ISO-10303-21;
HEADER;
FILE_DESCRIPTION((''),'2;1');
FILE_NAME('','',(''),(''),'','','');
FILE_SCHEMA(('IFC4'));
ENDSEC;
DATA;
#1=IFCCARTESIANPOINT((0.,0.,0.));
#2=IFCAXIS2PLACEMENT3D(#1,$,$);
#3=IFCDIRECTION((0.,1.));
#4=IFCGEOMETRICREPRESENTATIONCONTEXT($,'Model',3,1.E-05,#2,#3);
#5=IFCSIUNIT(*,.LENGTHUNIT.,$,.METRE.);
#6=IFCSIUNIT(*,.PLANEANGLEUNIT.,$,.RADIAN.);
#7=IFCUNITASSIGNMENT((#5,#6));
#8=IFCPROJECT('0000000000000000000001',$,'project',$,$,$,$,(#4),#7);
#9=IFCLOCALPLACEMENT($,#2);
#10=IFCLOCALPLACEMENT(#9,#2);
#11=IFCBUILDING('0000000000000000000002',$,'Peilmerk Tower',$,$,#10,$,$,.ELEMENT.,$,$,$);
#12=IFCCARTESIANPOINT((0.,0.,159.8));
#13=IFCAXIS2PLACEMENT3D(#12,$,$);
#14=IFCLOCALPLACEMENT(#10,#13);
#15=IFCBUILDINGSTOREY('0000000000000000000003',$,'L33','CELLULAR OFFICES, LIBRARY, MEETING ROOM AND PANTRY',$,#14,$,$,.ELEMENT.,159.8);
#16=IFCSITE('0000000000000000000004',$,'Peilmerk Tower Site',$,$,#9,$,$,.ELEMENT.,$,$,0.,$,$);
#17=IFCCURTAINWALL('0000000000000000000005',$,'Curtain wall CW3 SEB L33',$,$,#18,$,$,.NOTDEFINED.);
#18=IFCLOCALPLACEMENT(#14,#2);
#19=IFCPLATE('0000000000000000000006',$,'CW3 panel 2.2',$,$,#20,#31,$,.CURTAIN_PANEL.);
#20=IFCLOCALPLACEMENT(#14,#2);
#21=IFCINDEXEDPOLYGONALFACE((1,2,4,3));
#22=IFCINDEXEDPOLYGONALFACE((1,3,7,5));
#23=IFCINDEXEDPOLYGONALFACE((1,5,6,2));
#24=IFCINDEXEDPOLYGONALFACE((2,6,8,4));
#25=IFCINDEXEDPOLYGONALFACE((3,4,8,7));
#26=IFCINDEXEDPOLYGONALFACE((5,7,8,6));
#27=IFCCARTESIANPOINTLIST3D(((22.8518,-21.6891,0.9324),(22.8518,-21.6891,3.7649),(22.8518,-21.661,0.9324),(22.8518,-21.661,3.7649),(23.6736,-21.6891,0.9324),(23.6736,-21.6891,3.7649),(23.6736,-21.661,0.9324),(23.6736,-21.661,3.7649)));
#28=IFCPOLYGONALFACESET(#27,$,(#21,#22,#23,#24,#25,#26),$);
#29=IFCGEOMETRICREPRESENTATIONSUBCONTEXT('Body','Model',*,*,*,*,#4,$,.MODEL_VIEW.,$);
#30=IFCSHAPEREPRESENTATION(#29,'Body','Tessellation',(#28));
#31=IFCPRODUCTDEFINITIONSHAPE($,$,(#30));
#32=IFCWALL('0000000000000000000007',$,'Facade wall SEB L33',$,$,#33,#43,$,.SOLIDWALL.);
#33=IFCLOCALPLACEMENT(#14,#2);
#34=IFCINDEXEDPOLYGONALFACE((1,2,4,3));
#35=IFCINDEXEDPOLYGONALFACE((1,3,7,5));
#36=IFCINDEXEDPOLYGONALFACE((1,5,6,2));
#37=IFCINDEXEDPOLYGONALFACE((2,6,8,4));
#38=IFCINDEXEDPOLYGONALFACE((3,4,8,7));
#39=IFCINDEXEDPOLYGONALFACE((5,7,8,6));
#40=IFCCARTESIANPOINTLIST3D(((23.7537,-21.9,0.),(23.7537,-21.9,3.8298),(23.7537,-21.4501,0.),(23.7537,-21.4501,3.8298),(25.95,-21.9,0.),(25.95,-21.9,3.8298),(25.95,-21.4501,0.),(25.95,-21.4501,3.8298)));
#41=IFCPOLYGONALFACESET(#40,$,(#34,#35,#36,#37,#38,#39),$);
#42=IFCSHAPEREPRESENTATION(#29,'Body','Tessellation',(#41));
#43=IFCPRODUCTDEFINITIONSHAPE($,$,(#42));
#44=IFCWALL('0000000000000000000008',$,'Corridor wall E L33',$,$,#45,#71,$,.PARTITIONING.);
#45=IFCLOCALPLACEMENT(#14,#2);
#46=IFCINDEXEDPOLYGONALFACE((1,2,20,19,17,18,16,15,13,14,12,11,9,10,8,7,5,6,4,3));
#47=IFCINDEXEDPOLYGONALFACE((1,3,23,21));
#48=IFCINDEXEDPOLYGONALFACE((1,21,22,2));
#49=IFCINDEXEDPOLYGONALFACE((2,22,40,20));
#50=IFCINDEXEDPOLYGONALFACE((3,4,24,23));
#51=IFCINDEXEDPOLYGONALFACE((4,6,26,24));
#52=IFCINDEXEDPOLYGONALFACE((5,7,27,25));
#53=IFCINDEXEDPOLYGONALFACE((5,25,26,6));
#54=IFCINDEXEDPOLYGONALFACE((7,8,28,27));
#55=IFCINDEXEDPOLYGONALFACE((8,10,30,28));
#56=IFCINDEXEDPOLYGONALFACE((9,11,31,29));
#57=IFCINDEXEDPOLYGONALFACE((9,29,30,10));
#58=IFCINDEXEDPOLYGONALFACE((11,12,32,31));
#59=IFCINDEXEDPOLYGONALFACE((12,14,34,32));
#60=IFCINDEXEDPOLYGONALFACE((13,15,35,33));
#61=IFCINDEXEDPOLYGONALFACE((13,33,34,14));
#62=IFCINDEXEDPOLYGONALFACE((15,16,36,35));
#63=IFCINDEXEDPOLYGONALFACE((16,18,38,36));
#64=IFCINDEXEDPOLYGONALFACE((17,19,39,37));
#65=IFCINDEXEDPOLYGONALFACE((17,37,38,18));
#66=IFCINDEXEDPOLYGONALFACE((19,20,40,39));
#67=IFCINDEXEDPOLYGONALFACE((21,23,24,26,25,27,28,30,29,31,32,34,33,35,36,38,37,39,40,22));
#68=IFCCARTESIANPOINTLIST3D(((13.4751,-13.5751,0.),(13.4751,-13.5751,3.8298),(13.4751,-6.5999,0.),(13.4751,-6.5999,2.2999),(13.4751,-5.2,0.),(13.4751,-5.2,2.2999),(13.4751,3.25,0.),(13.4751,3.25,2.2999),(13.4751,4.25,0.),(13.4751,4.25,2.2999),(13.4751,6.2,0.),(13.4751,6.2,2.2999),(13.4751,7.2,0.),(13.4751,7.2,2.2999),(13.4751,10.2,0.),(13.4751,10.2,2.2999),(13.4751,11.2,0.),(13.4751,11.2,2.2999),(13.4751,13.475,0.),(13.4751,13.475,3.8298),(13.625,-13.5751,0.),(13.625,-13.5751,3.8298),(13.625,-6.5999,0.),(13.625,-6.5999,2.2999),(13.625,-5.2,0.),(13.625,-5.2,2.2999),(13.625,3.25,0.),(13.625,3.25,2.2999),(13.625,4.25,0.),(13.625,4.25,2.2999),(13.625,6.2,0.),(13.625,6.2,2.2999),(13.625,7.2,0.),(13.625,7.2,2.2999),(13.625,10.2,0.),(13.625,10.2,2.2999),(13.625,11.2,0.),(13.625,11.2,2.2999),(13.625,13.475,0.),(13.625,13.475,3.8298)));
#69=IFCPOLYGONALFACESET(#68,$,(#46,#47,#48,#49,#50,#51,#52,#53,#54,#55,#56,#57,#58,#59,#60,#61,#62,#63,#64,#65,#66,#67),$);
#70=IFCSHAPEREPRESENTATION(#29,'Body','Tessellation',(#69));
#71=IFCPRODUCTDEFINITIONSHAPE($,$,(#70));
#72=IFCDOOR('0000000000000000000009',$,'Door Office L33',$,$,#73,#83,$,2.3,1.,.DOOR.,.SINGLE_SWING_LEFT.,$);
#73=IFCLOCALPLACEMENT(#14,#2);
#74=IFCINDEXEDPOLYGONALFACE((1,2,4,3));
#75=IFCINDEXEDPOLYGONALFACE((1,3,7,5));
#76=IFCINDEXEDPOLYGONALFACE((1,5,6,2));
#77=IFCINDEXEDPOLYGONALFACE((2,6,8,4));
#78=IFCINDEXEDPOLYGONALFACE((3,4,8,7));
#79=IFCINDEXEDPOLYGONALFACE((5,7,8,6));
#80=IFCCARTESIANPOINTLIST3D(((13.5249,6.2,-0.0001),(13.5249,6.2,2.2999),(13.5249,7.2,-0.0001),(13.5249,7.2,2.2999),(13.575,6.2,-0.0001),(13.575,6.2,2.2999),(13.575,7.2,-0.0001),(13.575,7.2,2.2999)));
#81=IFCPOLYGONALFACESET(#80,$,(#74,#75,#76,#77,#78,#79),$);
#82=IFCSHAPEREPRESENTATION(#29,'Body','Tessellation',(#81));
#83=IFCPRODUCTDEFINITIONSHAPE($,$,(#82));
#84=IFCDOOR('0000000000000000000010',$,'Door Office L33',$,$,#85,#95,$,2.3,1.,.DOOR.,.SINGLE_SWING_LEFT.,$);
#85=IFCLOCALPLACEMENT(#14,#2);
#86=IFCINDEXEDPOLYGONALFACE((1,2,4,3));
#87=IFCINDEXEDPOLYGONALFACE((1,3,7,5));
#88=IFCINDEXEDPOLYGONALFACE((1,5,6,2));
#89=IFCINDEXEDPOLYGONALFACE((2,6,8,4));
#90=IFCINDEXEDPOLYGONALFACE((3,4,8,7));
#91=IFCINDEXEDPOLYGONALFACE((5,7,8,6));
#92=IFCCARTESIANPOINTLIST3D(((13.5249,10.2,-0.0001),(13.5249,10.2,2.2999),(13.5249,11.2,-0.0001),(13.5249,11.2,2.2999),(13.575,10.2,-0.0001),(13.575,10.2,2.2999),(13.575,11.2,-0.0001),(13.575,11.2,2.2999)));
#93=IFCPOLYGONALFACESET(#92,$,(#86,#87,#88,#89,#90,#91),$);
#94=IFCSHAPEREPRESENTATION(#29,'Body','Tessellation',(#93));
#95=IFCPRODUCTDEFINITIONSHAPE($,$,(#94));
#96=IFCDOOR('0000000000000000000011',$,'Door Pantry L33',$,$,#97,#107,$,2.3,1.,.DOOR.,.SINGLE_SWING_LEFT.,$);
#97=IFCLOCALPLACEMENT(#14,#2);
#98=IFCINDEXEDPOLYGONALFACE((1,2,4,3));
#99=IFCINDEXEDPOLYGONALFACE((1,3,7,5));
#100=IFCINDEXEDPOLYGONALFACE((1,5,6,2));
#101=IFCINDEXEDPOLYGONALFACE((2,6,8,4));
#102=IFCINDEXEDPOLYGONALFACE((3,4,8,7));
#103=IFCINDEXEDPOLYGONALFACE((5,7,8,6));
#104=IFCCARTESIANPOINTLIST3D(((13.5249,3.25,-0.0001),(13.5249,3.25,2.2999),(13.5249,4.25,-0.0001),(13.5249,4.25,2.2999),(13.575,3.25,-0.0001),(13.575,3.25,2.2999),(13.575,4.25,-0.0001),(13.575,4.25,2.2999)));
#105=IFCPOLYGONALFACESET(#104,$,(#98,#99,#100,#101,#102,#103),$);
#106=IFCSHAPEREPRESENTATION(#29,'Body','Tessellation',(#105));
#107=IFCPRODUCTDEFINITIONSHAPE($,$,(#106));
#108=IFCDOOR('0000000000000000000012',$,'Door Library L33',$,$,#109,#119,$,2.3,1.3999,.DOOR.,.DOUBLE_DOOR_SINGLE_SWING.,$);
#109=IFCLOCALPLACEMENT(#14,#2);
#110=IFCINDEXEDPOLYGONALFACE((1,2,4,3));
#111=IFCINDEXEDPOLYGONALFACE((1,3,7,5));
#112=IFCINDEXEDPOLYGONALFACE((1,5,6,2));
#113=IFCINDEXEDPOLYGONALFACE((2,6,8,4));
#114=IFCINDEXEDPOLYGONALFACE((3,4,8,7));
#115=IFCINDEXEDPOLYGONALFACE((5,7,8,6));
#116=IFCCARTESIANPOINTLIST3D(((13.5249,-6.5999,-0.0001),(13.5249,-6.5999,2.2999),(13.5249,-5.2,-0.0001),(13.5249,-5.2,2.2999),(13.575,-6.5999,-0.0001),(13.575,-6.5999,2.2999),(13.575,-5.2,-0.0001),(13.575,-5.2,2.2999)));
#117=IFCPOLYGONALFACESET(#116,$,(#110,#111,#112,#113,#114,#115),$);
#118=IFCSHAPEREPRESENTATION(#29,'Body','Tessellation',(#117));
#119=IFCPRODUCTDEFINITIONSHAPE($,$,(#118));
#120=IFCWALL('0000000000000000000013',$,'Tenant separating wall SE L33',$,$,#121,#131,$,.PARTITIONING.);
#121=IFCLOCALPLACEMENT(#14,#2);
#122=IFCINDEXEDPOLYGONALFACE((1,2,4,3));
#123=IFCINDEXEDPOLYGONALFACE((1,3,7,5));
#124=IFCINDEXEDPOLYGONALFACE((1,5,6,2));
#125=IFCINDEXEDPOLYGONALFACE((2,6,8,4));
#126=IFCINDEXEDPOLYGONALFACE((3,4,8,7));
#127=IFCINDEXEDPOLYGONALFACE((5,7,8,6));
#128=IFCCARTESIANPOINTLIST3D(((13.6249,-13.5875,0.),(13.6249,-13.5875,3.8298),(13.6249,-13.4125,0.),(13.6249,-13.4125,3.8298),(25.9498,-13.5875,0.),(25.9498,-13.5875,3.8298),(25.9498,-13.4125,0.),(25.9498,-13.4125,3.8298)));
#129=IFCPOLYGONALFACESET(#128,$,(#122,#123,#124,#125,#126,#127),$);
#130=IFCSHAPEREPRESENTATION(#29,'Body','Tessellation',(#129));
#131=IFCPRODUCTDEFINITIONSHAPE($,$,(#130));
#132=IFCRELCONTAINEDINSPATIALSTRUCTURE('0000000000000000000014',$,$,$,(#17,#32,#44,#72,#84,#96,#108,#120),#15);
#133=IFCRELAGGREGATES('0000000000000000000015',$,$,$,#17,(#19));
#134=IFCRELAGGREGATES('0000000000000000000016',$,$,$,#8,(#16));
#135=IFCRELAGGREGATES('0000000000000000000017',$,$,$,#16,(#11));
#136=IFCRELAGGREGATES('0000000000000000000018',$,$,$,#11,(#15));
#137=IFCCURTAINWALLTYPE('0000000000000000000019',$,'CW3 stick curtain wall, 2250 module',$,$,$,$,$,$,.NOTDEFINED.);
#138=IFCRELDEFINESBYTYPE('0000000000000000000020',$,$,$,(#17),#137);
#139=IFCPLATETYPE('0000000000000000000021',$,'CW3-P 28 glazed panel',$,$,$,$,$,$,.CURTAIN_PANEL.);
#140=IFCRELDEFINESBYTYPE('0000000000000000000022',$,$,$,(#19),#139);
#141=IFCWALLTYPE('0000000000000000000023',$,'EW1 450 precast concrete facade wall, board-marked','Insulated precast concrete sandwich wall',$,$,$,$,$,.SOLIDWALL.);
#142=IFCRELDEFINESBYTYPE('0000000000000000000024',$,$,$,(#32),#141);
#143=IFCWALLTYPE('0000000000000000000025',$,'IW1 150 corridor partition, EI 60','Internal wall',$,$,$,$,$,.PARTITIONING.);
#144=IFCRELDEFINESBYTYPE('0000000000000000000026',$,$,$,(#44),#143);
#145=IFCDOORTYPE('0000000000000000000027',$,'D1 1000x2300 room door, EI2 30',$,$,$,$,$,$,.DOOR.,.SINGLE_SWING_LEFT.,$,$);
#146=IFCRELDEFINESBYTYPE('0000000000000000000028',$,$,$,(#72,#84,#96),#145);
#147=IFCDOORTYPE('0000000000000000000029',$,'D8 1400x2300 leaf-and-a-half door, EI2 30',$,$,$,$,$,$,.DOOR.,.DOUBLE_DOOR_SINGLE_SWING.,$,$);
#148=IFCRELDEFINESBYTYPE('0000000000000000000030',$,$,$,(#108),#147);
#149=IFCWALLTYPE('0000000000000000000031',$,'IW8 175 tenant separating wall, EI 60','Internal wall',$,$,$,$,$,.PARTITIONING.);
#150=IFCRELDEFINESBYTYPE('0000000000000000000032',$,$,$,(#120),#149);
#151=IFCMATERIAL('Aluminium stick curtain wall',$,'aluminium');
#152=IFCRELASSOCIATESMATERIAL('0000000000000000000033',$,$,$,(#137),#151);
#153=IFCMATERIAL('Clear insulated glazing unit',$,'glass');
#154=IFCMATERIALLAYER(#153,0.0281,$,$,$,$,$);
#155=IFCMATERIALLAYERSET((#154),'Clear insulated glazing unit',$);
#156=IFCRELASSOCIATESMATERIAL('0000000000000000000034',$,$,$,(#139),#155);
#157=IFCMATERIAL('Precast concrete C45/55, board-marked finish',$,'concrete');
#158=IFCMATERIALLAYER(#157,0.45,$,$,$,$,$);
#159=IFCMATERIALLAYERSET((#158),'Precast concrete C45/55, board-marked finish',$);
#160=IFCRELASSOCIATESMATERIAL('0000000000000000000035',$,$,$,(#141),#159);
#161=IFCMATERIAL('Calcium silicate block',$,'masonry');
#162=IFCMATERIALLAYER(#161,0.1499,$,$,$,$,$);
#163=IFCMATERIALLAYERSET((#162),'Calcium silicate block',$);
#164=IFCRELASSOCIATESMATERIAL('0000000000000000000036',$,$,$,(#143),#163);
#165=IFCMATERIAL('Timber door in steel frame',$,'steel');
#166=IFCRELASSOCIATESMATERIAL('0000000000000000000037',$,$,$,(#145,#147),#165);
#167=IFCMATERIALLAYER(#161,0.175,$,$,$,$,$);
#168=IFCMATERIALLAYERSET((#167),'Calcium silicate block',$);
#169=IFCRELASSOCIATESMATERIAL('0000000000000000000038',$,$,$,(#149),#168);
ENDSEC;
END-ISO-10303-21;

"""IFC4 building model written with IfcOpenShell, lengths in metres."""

from ifc_helpers import new_model, si_unit, direction, frame, frame_2d, origin, origin_2d, place, context, subcontext, project, spatial, rectangle, extrude, material, layer, layer_set, type_object, element, fill, aggregate, save


model = new_model("IFC4")

# Units and contexts
model_context = context("Model", 3, precision=1e-05, world=origin(), true_north=direction((0.0, 1.0)))
body_context = subcontext(model_context, "Body", "Model", "MODEL_VIEW")
ifc_project = project(units=[si_unit("LENGTHUNIT", "METRE"), si_unit("PLANEANGLEUNIT", "RADIAN")], contexts=[model_context])

# Site, building, storey
site_placement = place(None, origin())
site = spatial("IfcSite", under=ifc_project, at=site_placement, Name="Peilmerk Tower Site", CompositionType="ELEMENT", RefElevation=0.0)
building_placement = place(site_placement, origin())
building = spatial("IfcBuilding", under=site, at=building_placement, Name="Peilmerk Tower", CompositionType="ELEMENT")
storey_placement = place(building_placement, frame((0.0, 0.0, 159.8)))
storey = spatial("IfcBuildingStorey", under=building, at=storey_placement, Name="L33", Description="CELLULAR OFFICES, LIBRARY, MEETING ROOM AND PANTRY", CompositionType="ELEMENT", Elevation=159.8)

# Curtain wall
ifc_material_1 = material(Name="Aluminium stick curtain wall", Category="aluminium")
curtain_wall_type = type_object("IfcCurtainWallType", Name="CW3 stick curtain wall, 2250 module", PredefinedType="NOTDEFINED", material=ifc_material_1)
curtain_wall_1_placement = place(storey_placement, origin())
curtain_wall_1 = element("IfcCurtainWall", 1, at=curtain_wall_1_placement, inside=storey, type_object=curtain_wall_type, Name="Curtain wall CW3 SEB L33", PredefinedType="NOTDEFINED")

# Plate
ifc_material_2 = material(Name="Clear insulated glazing unit", Category="glass")
ifc_layer_1 = layer(ifc_material_2, 0.0281)
ifc_layer_set_1 = layer_set([ifc_layer_1], Name="Clear insulated glazing unit")
plate_type = type_object("IfcPlateType", Name="CW3-P 28 glazed panel", PredefinedType="CURTAIN_PANEL", material=ifc_layer_set_1)
plate_1_placement = place(storey_placement, frame((23.2627, -21.675, 0.9324), z_axis=(0.0, 0.0, 1.0), x_axis=(1.0, 0.0, 0.0)))
plate_1 = element("IfcPlate", 2, at=plate_1_placement, type_object=plate_type, Name="CW3 panel 2.2", PredefinedType="CURTAIN_PANEL", context=body_context, shape_type="SweptSolid", body=[
    extrude(rectangle(XDim=0.8218, YDim=0.0281, at=origin_2d()), origin(), (0.0, 0.0, 1.0), 2.8325),
])
aggregate(curtain_wall_1, [plate_1])

# Wall
ifc_material_3 = material(Name="Precast concrete C45/55, board-marked finish", Category="concrete")
ifc_layer_2 = layer(ifc_material_3, 0.45)
ifc_layer_set_2 = layer_set([ifc_layer_2], Name="Precast concrete C45/55, board-marked finish")
wall_type_1 = type_object("IfcWallType", Name="EW1 450 precast concrete facade wall, board-marked", Description="Insulated precast concrete sandwich wall", PredefinedType="SOLIDWALL", material=ifc_layer_set_2)
wall_1_placement = place(storey_placement, frame((23.7537, -21.675, 0.0), z_axis=(0.0, 0.0, 1.0), x_axis=(1.0, 0.0, 0.0)))
element("IfcWall", 3, at=wall_1_placement, inside=storey, type_object=wall_type_1, Name="Facade wall SEB L33", PredefinedType="SOLIDWALL", context=body_context, shape_type="SweptSolid", body=[
    extrude(rectangle(XDim=2.1963, YDim=0.45, at=frame_2d((1.0981, 0.0))), origin(), (0.0, 0.0, 1.0), 3.8298),
])

# Wall, openings, doors
ifc_material_4 = material(Name="Calcium silicate block", Category="masonry")
ifc_layer_3 = layer(ifc_material_4, 0.1499)
ifc_layer_set_3 = layer_set([ifc_layer_3], Name="Calcium silicate block")
wall_type_2 = type_object("IfcWallType", Name="IW1 150 corridor partition, EI 60", Description="Internal wall", PredefinedType="PARTITIONING", material=ifc_layer_set_3)
wall_2_placement = place(storey_placement, frame((13.55, -13.575, 0.0), z_axis=(0.0, 0.0, 1.0), x_axis=(0.0, 1.0, 0.0)))
wall_2 = element("IfcWall", 4, at=wall_2_placement, inside=storey, type_object=wall_type_2, Name="Corridor wall E L33", PredefinedType="PARTITIONING", context=body_context, shape_type="SweptSolid", body=[
    extrude(rectangle(XDim=27.05, YDim=0.1499, at=frame_2d((13.5249, 0.0))), origin(), (0.0, 0.0, 1.0), 3.8298),
])
opening_1_placement = place(wall_2_placement, frame((6.9751, 0.0, 0.0)))
opening_1 = element("IfcOpeningElement", 5, at=opening_1_placement, cuts=wall_2, PredefinedType="OPENING", context=body_context, shape_type="SweptSolid", body=[
    extrude(rectangle(XDim=1.3999, YDim=2.3, at=frame_2d((0.7, 1.1499))), frame((0.0, 0.085, 0.0), z_axis=(0.0, -1.0, 0.0), x_axis=(1.0, 0.0, 0.0)), (0.0, 0.0, 1.0), 0.1699),
])
opening_2_placement = place(wall_2_placement, frame((19.7749, 0.0, 0.0)))
opening_2 = element("IfcOpeningElement", 6, at=opening_2_placement, cuts=wall_2, PredefinedType="OPENING", context=body_context, shape_type="SweptSolid", body=[
    extrude(rectangle(XDim=1.0, YDim=2.3, at=frame_2d((0.5, 1.1499))), frame((0.0, 0.085, 0.0), z_axis=(0.0, -1.0, 0.0), x_axis=(1.0, 0.0, 0.0)), (0.0, 0.0, 1.0), 0.1699),
])
opening_3_placement = place(wall_2_placement, frame((23.7749, 0.0, 0.0)))
opening_3 = element("IfcOpeningElement", 7, at=opening_3_placement, cuts=wall_2, PredefinedType="OPENING", context=body_context, shape_type="SweptSolid", body=[
    extrude(rectangle(XDim=1.0, YDim=2.3, at=frame_2d((0.5, 1.1499))), frame((0.0, 0.085, 0.0), z_axis=(0.0, -1.0, 0.0), x_axis=(1.0, 0.0, 0.0)), (0.0, 0.0, 1.0), 0.1699),
])
opening_4_placement = place(wall_2_placement, frame((16.825, 0.0, 0.0)))
opening_4 = element("IfcOpeningElement", 8, at=opening_4_placement, cuts=wall_2, PredefinedType="OPENING", context=body_context, shape_type="SweptSolid", body=[
    extrude(rectangle(XDim=1.0, YDim=2.3, at=frame_2d((0.5, 1.1499))), frame((0.0, 0.085, 0.0), z_axis=(0.0, -1.0, 0.0), x_axis=(1.0, 0.0, 0.0)), (0.0, 0.0, 1.0), 0.1699),
])
ifc_material_5 = material(Name="Timber door in steel frame", Category="steel")
door_type_1 = type_object("IfcDoorType", Name="D1 1000x2300 room door, EI2 30", OperationType="SINGLE_SWING_LEFT", PredefinedType="DOOR", material=ifc_material_5)
door_1_placement = place(opening_2_placement, frame((1.0, 0.0, 0.0), z_axis=(0.0, 0.0, 1.0), x_axis=(-1.0, 0.0, 0.0)))
door_1 = element("IfcDoor", 9, at=door_1_placement, inside=storey, type_object=door_type_1, Name="Door Office L33", OperationType="SINGLE_SWING_LEFT", OverallHeight=2.3, OverallWidth=1.0, PredefinedType="DOOR", context=body_context, shape_type="SweptSolid", body=[
    extrude(rectangle(XDim=1.0, YDim=2.3, at=frame_2d((0.5, 1.1499))), frame((0.0, 0.0249, 0.0), z_axis=(0.0, -1.0, 0.0), x_axis=(1.0, 0.0, 0.0)), (0.0, 0.0, 1.0), 0.05),
])
fill(opening_2, door_1)
door_2_placement = place(opening_3_placement, frame((1.0, 0.0, 0.0), z_axis=(0.0, 0.0, 1.0), x_axis=(-1.0, 0.0, 0.0)))
door_2 = element("IfcDoor", 10, at=door_2_placement, inside=storey, type_object=door_type_1, Name="Door Office L33", OperationType="SINGLE_SWING_LEFT", OverallHeight=2.3, OverallWidth=1.0, PredefinedType="DOOR", context=body_context, shape_type="SweptSolid", body=[
    extrude(rectangle(XDim=1.0, YDim=2.3, at=frame_2d((0.5, 1.1499))), frame((0.0, 0.0249, 0.0), z_axis=(0.0, -1.0, 0.0), x_axis=(1.0, 0.0, 0.0)), (0.0, 0.0, 1.0), 0.05),
])
fill(opening_3, door_2)
door_3_placement = place(opening_4_placement, frame((1.0, 0.0, 0.0), z_axis=(0.0, 0.0, 1.0), x_axis=(-1.0, 0.0, 0.0)))
door_3 = element("IfcDoor", 11, at=door_3_placement, inside=storey, type_object=door_type_1, Name="Door Pantry L33", OperationType="SINGLE_SWING_LEFT", OverallHeight=2.3, OverallWidth=1.0, PredefinedType="DOOR", context=body_context, shape_type="SweptSolid", body=[
    extrude(rectangle(XDim=1.0, YDim=2.3, at=frame_2d((0.5, 1.1499))), frame((0.0, 0.0249, 0.0), z_axis=(0.0, -1.0, 0.0), x_axis=(1.0, 0.0, 0.0)), (0.0, 0.0, 1.0), 0.05),
])
fill(opening_4, door_3)
door_type_2 = type_object("IfcDoorType", Name="D8 1400x2300 leaf-and-a-half door, EI2 30", OperationType="DOUBLE_DOOR_SINGLE_SWING", PredefinedType="DOOR", material=ifc_material_5)
door_4_placement = place(opening_1_placement, frame((1.3999, 0.0, 0.0), z_axis=(0.0, 0.0, 1.0), x_axis=(-1.0, 0.0, 0.0)))
door_4 = element("IfcDoor", 12, at=door_4_placement, inside=storey, type_object=door_type_2, Name="Door Library L33", OperationType="DOUBLE_DOOR_SINGLE_SWING", OverallHeight=2.3, OverallWidth=1.3999, PredefinedType="DOOR", context=body_context, shape_type="SweptSolid", body=[
    extrude(rectangle(XDim=1.3999, YDim=2.3, at=frame_2d((0.7, 1.1499))), frame((0.0, 0.0249, 0.0), z_axis=(0.0, -1.0, 0.0), x_axis=(1.0, 0.0, 0.0)), (0.0, 0.0, 1.0), 0.05),
])
fill(opening_1, door_4)

# Wall
ifc_layer_4 = layer(ifc_material_4, 0.175)
ifc_layer_set_4 = layer_set([ifc_layer_4], Name="Calcium silicate block")
wall_type_3 = type_object("IfcWallType", Name="IW8 175 tenant separating wall, EI 60", Description="Internal wall", PredefinedType="PARTITIONING", material=ifc_layer_set_4)
wall_3_placement = place(storey_placement, frame((25.95, -13.5, 0.0), z_axis=(0.0, 0.0, 1.0), x_axis=(-1.0, 0.0, 0.0)))
element("IfcWall", 13, at=wall_3_placement, inside=storey, type_object=wall_type_3, Name="Tenant separating wall SE L33", PredefinedType="PARTITIONING", context=body_context, shape_type="SweptSolid", body=[
    extrude(rectangle(XDim=12.325, YDim=0.175, at=frame_2d((6.1626, 0.0))), origin(), (0.0, 0.0, 1.0), 3.8298),
])

save(model, "model.ifc")
